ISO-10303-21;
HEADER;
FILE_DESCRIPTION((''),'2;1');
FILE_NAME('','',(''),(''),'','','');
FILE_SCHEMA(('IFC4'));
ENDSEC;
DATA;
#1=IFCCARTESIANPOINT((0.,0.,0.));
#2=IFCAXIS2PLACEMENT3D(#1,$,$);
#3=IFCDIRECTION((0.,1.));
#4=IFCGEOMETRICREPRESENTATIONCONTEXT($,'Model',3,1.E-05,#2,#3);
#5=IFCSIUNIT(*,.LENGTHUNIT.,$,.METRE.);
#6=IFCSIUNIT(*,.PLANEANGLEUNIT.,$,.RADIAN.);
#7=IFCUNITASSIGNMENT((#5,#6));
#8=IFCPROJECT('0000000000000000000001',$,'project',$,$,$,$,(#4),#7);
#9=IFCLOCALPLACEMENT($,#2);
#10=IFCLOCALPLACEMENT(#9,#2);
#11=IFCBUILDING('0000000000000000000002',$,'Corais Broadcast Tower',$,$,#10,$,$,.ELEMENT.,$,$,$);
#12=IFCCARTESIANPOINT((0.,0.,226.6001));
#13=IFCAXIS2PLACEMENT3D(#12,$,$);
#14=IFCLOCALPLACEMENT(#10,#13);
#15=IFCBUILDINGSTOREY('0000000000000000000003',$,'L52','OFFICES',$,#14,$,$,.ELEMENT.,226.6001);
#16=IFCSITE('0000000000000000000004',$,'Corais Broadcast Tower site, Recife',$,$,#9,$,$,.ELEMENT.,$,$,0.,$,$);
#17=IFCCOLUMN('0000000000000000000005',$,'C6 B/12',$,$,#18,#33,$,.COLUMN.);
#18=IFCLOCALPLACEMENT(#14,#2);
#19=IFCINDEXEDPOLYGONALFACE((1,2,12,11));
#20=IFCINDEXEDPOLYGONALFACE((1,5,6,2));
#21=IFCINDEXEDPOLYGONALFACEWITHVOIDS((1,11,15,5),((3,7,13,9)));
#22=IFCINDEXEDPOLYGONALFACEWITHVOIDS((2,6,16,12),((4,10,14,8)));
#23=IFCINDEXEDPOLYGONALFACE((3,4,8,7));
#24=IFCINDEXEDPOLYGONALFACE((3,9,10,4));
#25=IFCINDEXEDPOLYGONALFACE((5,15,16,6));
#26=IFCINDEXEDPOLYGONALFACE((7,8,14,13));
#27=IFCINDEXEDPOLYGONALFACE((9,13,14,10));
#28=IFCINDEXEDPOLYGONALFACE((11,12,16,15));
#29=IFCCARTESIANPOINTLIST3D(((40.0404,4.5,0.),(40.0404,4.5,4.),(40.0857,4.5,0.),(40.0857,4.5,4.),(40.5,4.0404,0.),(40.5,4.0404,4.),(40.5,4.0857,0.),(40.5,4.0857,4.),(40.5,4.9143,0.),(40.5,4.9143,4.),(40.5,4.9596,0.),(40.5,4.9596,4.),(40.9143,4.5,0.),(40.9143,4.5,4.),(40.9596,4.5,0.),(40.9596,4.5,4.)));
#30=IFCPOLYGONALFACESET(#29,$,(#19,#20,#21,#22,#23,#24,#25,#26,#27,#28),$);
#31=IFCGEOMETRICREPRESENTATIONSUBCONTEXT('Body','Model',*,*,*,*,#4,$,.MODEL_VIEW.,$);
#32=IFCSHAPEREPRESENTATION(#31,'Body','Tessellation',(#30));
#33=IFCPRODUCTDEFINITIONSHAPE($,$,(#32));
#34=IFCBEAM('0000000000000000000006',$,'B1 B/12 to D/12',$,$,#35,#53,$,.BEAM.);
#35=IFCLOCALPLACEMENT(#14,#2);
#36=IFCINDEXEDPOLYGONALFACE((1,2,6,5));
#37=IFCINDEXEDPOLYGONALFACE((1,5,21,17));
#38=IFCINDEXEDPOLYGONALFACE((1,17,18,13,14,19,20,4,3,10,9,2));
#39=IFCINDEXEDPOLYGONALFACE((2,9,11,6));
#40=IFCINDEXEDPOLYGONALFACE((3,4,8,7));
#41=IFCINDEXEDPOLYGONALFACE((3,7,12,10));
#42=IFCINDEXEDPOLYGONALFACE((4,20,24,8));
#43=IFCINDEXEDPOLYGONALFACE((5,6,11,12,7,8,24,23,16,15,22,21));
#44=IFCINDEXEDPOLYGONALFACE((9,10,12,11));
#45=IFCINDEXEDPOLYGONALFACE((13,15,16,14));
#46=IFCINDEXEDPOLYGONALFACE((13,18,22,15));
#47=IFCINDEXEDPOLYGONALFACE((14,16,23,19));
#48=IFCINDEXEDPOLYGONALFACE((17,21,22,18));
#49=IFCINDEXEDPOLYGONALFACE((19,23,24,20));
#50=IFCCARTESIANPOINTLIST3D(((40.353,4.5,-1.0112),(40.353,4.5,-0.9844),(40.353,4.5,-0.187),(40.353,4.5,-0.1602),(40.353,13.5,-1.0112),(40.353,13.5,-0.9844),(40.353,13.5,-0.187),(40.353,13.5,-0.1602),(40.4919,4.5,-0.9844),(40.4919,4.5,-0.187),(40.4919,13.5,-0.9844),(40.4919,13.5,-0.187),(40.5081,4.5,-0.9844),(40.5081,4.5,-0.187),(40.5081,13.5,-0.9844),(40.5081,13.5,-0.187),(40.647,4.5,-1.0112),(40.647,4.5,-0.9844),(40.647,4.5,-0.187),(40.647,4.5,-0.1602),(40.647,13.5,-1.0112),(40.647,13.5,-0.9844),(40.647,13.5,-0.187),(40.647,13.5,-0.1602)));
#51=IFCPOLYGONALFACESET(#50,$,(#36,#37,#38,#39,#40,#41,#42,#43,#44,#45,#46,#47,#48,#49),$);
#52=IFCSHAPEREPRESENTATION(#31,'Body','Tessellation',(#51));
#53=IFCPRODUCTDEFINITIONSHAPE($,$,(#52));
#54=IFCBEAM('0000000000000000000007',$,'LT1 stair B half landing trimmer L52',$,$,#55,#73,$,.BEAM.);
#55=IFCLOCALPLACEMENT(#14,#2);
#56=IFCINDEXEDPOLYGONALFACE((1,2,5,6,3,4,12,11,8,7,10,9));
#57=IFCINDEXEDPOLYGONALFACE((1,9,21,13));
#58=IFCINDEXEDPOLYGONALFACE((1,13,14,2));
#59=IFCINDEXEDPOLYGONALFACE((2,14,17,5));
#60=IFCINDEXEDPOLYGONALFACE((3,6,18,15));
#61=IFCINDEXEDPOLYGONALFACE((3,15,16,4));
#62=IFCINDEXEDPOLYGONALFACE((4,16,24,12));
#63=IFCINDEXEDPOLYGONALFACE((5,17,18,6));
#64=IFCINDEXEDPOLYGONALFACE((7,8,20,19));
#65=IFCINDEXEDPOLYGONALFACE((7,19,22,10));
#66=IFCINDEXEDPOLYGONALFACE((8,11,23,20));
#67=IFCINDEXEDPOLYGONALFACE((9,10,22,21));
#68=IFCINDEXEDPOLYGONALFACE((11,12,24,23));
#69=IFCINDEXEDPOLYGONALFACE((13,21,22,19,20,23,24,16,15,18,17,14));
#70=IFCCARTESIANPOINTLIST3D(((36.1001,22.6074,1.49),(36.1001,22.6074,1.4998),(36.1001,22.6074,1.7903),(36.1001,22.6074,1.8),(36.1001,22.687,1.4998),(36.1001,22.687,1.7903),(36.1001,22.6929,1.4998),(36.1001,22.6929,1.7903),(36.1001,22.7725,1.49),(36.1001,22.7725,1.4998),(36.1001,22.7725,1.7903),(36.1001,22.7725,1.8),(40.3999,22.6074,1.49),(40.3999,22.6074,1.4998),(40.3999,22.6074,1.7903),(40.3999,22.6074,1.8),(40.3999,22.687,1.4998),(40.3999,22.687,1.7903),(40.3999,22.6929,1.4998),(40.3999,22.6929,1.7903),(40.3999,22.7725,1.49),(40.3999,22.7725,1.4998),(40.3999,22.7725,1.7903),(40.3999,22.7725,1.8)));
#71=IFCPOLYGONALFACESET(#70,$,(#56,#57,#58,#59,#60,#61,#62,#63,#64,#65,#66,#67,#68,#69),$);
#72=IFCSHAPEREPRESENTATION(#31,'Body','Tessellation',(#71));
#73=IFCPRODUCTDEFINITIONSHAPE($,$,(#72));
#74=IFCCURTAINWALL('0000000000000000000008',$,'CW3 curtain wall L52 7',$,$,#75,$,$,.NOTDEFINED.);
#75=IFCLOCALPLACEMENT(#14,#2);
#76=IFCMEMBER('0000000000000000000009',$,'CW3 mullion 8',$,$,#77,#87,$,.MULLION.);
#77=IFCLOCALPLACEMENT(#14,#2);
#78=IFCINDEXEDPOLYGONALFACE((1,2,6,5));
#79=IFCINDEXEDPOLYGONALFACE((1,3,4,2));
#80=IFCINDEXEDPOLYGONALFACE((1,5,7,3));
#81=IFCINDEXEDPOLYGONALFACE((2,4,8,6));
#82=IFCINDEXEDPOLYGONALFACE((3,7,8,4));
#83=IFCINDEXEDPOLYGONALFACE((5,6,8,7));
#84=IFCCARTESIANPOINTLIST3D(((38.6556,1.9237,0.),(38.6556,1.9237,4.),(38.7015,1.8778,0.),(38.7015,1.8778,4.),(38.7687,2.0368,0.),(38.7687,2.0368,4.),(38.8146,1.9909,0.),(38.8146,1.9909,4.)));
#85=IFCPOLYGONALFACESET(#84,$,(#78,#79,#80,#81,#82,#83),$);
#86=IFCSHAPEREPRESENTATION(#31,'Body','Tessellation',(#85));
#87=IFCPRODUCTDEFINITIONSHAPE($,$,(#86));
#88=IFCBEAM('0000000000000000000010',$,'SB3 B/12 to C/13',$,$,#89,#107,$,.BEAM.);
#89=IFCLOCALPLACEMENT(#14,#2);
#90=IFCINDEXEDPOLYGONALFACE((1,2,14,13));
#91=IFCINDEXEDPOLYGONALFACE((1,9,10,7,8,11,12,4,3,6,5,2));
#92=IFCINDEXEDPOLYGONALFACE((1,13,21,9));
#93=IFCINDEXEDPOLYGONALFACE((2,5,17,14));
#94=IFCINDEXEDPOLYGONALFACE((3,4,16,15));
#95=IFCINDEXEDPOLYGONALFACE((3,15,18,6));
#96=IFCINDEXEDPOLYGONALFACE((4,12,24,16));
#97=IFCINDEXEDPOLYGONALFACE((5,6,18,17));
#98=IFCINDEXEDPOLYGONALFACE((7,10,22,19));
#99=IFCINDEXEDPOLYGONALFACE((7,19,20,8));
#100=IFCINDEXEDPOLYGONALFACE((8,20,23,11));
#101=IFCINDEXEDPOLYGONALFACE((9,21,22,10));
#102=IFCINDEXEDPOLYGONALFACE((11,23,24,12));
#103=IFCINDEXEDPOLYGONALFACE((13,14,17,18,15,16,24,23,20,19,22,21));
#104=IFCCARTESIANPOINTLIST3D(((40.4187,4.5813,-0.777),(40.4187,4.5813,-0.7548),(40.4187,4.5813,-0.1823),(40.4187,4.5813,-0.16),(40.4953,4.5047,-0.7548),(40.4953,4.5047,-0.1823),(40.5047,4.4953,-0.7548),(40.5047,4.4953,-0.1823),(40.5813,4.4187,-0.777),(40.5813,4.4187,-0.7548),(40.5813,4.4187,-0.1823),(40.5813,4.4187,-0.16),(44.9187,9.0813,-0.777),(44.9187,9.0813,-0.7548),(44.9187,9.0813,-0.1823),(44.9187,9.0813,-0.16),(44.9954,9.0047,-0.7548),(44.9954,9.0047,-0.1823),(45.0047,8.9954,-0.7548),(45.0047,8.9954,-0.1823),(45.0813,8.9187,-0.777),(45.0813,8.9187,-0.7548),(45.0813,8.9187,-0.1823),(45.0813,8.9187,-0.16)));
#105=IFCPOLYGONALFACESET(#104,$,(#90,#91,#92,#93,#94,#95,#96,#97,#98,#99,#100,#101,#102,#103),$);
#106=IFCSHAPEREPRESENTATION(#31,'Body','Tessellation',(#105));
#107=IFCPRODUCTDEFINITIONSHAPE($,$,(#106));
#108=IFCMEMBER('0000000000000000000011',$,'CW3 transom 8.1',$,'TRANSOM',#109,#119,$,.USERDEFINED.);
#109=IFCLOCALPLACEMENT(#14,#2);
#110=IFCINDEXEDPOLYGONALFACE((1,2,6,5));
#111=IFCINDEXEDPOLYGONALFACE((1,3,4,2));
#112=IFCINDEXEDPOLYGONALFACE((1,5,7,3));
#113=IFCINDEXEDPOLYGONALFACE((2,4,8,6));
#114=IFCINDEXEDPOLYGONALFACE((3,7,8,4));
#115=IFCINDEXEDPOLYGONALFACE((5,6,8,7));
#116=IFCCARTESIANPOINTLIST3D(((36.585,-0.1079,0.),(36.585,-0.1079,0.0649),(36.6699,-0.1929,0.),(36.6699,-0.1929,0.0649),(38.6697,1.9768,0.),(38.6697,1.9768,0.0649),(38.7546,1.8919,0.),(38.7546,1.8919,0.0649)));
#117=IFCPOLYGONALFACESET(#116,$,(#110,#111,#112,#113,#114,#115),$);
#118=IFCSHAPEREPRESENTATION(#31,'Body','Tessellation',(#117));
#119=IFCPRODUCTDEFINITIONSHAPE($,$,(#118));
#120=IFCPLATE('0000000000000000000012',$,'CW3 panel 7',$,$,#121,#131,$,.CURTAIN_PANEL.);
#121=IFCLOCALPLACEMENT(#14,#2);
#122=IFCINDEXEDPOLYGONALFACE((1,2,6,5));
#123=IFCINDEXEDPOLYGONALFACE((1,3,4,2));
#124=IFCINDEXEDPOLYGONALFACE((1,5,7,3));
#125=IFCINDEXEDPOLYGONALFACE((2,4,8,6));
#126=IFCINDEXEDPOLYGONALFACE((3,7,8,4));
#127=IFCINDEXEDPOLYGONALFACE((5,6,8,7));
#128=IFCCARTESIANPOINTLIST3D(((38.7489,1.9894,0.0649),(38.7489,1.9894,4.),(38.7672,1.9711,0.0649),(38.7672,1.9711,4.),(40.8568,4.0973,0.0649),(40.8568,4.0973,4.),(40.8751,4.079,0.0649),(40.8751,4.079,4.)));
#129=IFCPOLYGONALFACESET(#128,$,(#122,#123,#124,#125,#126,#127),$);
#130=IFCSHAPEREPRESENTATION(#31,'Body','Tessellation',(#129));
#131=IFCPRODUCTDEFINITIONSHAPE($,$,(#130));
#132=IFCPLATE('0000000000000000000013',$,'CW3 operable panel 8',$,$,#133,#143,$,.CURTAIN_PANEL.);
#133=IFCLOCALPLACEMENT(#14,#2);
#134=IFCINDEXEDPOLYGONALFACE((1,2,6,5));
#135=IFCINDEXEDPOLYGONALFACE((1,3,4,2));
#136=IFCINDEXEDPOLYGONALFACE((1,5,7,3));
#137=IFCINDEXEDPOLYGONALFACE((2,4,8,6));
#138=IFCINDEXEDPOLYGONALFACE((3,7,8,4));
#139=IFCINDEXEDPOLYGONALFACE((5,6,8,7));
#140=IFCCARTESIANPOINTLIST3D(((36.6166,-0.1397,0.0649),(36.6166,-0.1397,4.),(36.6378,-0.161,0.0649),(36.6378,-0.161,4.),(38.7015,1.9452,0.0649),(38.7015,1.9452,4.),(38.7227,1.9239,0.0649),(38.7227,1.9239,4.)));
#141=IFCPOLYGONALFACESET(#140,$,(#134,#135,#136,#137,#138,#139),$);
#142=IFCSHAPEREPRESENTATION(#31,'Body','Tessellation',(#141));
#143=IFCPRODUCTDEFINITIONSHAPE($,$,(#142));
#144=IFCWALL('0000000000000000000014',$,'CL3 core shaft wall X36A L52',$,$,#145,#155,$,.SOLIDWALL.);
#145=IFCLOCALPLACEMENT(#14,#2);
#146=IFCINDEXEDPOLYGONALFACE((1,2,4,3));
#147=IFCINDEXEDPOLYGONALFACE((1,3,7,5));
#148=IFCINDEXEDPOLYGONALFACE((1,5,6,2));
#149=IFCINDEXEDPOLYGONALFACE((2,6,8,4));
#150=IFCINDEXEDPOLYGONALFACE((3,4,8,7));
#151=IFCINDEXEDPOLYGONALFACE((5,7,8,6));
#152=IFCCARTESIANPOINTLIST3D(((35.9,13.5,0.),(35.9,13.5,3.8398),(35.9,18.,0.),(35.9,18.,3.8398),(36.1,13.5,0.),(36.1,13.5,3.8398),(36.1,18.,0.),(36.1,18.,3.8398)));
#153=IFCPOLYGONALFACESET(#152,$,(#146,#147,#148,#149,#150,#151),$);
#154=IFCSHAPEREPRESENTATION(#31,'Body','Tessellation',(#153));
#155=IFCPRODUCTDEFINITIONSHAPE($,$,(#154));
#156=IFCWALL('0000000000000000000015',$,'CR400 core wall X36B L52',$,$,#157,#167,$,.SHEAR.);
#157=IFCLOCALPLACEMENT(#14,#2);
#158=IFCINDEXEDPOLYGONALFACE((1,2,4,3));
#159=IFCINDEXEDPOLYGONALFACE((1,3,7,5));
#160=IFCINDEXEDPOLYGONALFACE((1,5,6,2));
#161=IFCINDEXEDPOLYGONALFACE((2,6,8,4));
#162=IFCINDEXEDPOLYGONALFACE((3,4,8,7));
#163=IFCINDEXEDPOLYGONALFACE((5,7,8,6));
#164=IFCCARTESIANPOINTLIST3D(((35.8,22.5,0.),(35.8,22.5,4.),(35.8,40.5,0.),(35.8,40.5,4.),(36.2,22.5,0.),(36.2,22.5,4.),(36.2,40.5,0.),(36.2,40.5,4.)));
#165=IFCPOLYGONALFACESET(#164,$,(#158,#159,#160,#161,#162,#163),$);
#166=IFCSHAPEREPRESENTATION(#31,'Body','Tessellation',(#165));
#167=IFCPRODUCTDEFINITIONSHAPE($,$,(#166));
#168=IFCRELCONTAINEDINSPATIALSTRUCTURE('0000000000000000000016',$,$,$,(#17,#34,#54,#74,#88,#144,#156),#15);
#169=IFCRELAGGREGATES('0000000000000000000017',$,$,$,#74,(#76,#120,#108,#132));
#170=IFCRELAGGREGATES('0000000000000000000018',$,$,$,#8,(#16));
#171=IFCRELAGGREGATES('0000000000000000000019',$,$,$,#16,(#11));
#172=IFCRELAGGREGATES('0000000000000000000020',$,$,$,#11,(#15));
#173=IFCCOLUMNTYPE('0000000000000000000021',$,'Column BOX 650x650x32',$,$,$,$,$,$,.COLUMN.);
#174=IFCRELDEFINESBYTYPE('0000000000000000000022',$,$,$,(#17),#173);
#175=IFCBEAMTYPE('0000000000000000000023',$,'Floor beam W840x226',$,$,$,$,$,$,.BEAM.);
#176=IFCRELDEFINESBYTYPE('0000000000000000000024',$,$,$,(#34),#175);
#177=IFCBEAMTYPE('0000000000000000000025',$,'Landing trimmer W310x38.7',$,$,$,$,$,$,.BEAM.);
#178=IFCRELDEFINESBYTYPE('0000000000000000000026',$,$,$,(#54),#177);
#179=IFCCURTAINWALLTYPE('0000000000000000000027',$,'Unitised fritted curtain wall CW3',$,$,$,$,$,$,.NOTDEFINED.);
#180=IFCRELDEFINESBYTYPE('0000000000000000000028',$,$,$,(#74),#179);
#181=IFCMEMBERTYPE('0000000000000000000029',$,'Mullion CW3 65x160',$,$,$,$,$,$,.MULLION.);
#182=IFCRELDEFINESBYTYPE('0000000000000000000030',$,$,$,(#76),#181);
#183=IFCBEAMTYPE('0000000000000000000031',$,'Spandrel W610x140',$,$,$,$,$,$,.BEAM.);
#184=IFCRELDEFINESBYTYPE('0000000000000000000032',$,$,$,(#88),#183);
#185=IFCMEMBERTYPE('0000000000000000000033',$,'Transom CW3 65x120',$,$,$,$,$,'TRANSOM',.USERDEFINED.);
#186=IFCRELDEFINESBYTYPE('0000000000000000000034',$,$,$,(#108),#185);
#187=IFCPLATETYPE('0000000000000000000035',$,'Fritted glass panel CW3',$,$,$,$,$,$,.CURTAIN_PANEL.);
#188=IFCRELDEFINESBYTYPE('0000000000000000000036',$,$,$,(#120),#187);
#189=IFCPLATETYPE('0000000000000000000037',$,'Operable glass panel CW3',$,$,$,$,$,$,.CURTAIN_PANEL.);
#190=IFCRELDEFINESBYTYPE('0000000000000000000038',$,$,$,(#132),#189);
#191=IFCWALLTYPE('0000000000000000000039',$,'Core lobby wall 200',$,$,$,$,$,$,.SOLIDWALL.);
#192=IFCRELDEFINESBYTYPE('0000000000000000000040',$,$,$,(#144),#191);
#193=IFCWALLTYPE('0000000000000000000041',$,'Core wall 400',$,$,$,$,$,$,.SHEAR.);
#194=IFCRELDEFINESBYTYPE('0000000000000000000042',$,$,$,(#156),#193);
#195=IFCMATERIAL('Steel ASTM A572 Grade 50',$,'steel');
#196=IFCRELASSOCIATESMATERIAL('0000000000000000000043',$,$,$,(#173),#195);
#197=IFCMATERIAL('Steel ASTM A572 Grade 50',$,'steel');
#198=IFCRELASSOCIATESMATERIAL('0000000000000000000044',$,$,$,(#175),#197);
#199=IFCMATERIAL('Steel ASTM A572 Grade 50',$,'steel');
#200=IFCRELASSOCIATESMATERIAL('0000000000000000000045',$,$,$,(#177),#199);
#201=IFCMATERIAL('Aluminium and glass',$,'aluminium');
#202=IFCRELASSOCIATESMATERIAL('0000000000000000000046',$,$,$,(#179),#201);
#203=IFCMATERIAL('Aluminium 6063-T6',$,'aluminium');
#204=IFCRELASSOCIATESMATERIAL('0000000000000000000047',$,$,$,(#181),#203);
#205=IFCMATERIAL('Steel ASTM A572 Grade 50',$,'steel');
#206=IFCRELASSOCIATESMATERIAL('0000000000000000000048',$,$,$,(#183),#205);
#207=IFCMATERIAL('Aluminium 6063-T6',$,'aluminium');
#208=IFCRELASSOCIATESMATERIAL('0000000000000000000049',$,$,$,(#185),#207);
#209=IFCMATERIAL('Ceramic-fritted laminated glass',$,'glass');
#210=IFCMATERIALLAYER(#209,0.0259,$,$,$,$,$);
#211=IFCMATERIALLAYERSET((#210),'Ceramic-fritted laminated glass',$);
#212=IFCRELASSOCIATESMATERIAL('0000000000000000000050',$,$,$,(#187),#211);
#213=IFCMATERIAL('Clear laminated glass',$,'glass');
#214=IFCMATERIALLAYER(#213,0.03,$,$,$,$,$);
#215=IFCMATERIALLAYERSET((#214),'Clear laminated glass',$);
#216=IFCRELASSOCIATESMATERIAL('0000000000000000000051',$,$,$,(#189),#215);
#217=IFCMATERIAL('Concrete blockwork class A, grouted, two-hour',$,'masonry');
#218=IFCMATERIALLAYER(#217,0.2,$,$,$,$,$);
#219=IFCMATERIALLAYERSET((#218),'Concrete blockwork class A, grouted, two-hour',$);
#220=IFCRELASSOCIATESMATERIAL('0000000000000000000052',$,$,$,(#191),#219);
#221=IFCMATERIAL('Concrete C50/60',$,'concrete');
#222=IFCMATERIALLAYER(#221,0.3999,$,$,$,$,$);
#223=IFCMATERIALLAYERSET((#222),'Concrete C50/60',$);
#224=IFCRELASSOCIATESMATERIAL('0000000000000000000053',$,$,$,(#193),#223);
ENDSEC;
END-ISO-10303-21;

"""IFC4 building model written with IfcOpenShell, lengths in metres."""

from ifc_helpers import new_model, si_unit, direction, frame, frame_2d, origin, origin_2d, place, context, subcontext, project, spatial, rectangle, hollow_rectangle, i_section, extrude, material, layer, layer_set, material_profile, profile_set, type_object, element, aggregate, save


model = new_model("IFC4")

# Units and contexts
model_context = context("Model", 3, precision=1e-05, world=origin(), true_north=direction((0.0, 1.0)))
body_context = subcontext(model_context, "Body", "Model", "MODEL_VIEW")
ifc_project = project(units=[si_unit("LENGTHUNIT", "METRE"), si_unit("PLANEANGLEUNIT", "RADIAN")], contexts=[model_context])

# Site, building, storey
site_placement = place(None, origin())
site = spatial("IfcSite", under=ifc_project, at=site_placement, Name="Corais Broadcast Tower site, Recife", CompositionType="ELEMENT", RefElevation=0.0)
building_placement = place(site_placement, origin())
building = spatial("IfcBuilding", under=site, at=building_placement, Name="Corais Broadcast Tower", CompositionType="ELEMENT")
storey_placement = place(building_placement, frame((0.0, 0.0, 226.6001)))
storey = spatial("IfcBuildingStorey", under=building, at=storey_placement, Name="L52", Description="OFFICES", CompositionType="ELEMENT", Elevation=226.6001)

# Column
ifc_material_1 = material(Name="Steel ASTM A572 Grade 50", Category="steel")
ifc_material_profile_1 = material_profile(ifc_material_1, hollow_rectangle(XDim=0.6499, YDim=0.6499, WallThickness=0.032, at=origin_2d()), Name="BOX 650x650x32")
ifc_profile_set_1 = profile_set([ifc_material_profile_1], Name="Steel ASTM A572 Grade 50")
column_type = type_object("IfcColumnType", Name="Column BOX 650x650x32", PredefinedType="COLUMN", material=ifc_profile_set_1)
column_placement = place(storey_placement, frame((40.5, 4.5, 0.0), z_axis=(0.0, 0.0, 1.0), x_axis=(0.707107, 0.707107, 0.0)))
element("IfcColumn", 1, at=column_placement, inside=storey, type_object=column_type, Name="C6 B/12", PredefinedType="COLUMN", context=body_context, shape_type="SweptSolid", body=[
    extrude(hollow_rectangle(XDim=0.6499, YDim=0.6499, WallThickness=0.032, at=origin_2d()), origin(), (0.0, 0.0, 1.0), 4.0),
])

# Beams
ifc_material_2 = material(Name="Steel ASTM A572 Grade 50", Category="steel")
ifc_material_profile_2 = material_profile(ifc_material_2, i_section(OverallWidth=0.2939, OverallDepth=0.8511, WebThickness=0.0161, FlangeThickness=0.0269, at=origin_2d()), Name="W840x226")
ifc_profile_set_2 = profile_set([ifc_material_profile_2], Name="Steel ASTM A572 Grade 50")
beam_type_1 = type_object("IfcBeamType", Name="Floor beam W840x226", PredefinedType="BEAM", material=ifc_profile_set_2)
beam_1_placement = place(storey_placement, frame((40.5, 4.5, -0.5857), z_axis=(0.0, 1.0, 0.0), x_axis=(-1.0, 0.0, 0.0)))
element("IfcBeam", 2, at=beam_1_placement, inside=storey, type_object=beam_type_1, Name="B1 B/12 to D/12", PredefinedType="BEAM", context=body_context, shape_type="SweptSolid", body=[
    extrude(i_section(OverallWidth=0.2939, OverallDepth=0.8511, WebThickness=0.0161, FlangeThickness=0.0269, at=origin_2d()), origin(), (0.0, 0.0, 1.0), 9.0),
])
ifc_material_3 = material(Name="Steel ASTM A572 Grade 50", Category="steel")
ifc_material_profile_3 = material_profile(ifc_material_3, i_section(OverallWidth=0.165, OverallDepth=0.3101, WebThickness=0.0059, FlangeThickness=0.0098, at=origin_2d()), Name="W310x38.7")
ifc_profile_set_3 = profile_set([ifc_material_profile_3], Name="Steel ASTM A572 Grade 50")
beam_type_2 = type_object("IfcBeamType", Name="Landing trimmer W310x38.7", PredefinedType="BEAM", material=ifc_profile_set_3)
beam_2_placement = place(storey_placement, frame((36.1001, 22.6899, 1.645), z_axis=(1.0, 0.0, 0.0), x_axis=(0.0, 1.0, 0.0)))
element("IfcBeam", 3, at=beam_2_placement, inside=storey, type_object=beam_type_2, Name="LT1 stair B half landing trimmer L52", PredefinedType="BEAM", context=body_context, shape_type="SweptSolid", body=[
    extrude(i_section(OverallWidth=0.165, OverallDepth=0.3101, WebThickness=0.0059, FlangeThickness=0.0098, at=origin_2d()), origin(), (0.0, 0.0, 1.0), 4.2998),
])

# Curtain wall, member
ifc_material_4 = material(Name="Aluminium and glass", Category="aluminium")
curtain_wall_type = type_object("IfcCurtainWallType", Name="Unitised fritted curtain wall CW3", PredefinedType="NOTDEFINED", material=ifc_material_4)
curtain_wall_placement = place(storey_placement, origin())
curtain_wall = element("IfcCurtainWall", 4, at=curtain_wall_placement, inside=storey, type_object=curtain_wall_type, Name="CW3 curtain wall L52 7", PredefinedType="NOTDEFINED")
ifc_material_5 = material(Name="Aluminium 6063-T6", Category="aluminium")
ifc_material_profile_4 = material_profile(ifc_material_5, rectangle(XDim=0.0649, YDim=0.1599, at=origin_2d()), Name="Mullion CW3 65x160")
ifc_profile_set_4 = profile_set([ifc_material_profile_4], Name="Aluminium 6063-T6")
member_type_1 = type_object("IfcMemberType", Name="Mullion CW3 65x160", PredefinedType="MULLION", material=ifc_profile_set_4)
member_1_placement = place(storey_placement, frame((38.7351, 1.9573, 0.0), z_axis=(0.0, 0.0, 1.0), x_axis=(0.707107, -0.707107, 0.0)))
member_1 = element("IfcMember", 5, at=member_1_placement, type_object=member_type_1, Name="CW3 mullion 8", PredefinedType="MULLION", context=body_context, shape_type="SweptSolid", body=[
    extrude(rectangle(XDim=0.0649, YDim=0.1599, at=origin_2d()), origin(), (0.0, 0.0, 1.0), 4.0),
])

# Beam
ifc_material_6 = material(Name="Steel ASTM A572 Grade 50", Category="steel")
ifc_material_profile_5 = material_profile(ifc_material_6, i_section(OverallWidth=0.23, OverallDepth=0.6169, WebThickness=0.0132, FlangeThickness=0.0222, at=origin_2d()), Name="W610x140")
ifc_profile_set_5 = profile_set([ifc_material_profile_5], Name="Steel ASTM A572 Grade 50")
beam_type_3 = type_object("IfcBeamType", Name="Spandrel W610x140", PredefinedType="BEAM", material=ifc_profile_set_5)
beam_3_placement = place(storey_placement, frame((40.5, 4.5, -0.4685), z_axis=(0.707107, 0.707107, 0.0), x_axis=(-0.707107, 0.707107, 0.0)))
element("IfcBeam", 6, at=beam_3_placement, inside=storey, type_object=beam_type_3, Name="SB3 B/12 to C/13", PredefinedType="BEAM", context=body_context, shape_type="SweptSolid", body=[
    extrude(i_section(OverallWidth=0.23, OverallDepth=0.6169, WebThickness=0.0132, FlangeThickness=0.0222, at=origin_2d()), origin(), (0.0, 0.0, 1.0), 6.364),
])

# Member
ifc_material_7 = material(Name="Aluminium 6063-T6", Category="aluminium")
ifc_material_profile_6 = material_profile(ifc_material_7, rectangle(XDim=0.1201, YDim=0.0649, at=origin_2d()), Name="Transom CW3 65x120")
ifc_profile_set_6 = profile_set([ifc_material_profile_6], Name="Aluminium 6063-T6")
member_type_2 = type_object("IfcMemberType", Name="Transom CW3 65x120", ElementType="TRANSOM", PredefinedType="USERDEFINED", material=ifc_profile_set_6)
member_2_placement = place(storey_placement, frame((38.7122, 1.9343, 0.0325), z_axis=(-0.707107, -0.707107, 0.0), x_axis=(0.707107, -0.707107, 0.0)))
member_2 = element("IfcMember", 7, at=member_2_placement, type_object=member_type_2, Name="CW3 transom 8.1", ObjectType="TRANSOM", PredefinedType="USERDEFINED", context=body_context, shape_type="SweptSolid", body=[
    extrude(rectangle(XDim=0.1201, YDim=0.0649, at=origin_2d()), origin(), (0.0, 0.0, 1.0), 2.9482),
])

# Plates
ifc_material_8 = material(Name="Ceramic-fritted laminated glass", Category="glass")
ifc_layer_1 = layer(ifc_material_8, 0.0259)
ifc_layer_set_1 = layer_set([ifc_layer_1], Name="Ceramic-fritted laminated glass")
plate_type_1 = type_object("IfcPlateType", Name="Fritted glass panel CW3", PredefinedType="CURTAIN_PANEL", material=ifc_layer_set_1)
plate_1_placement = place(storey_placement, frame((39.812, 3.0342, 0.0649), z_axis=(0.0, 0.0, 1.0), x_axis=(-0.707107, -0.707107, 0.0)))
plate_1 = element("IfcPlate", 8, at=plate_1_placement, type_object=plate_type_1, Name="CW3 panel 7", PredefinedType="CURTAIN_PANEL", context=body_context, shape_type="SweptSolid", body=[
    extrude(rectangle(XDim=2.981, YDim=0.0259, at=origin_2d()), origin(), (0.0, 0.0, 1.0), 3.9351),
])
ifc_material_9 = material(Name="Clear laminated glass", Category="glass")
ifc_layer_2 = layer(ifc_material_9, 0.03)
ifc_layer_set_2 = layer_set([ifc_layer_2], Name="Clear laminated glass")
plate_type_2 = type_object("IfcPlateType", Name="Operable glass panel CW3", PredefinedType="CURTAIN_PANEL", material=ifc_layer_set_2)
plate_2_placement = place(storey_placement, frame((37.6697, 0.8921, 0.0649), z_axis=(0.0, 0.0, 1.0), x_axis=(-0.707107, -0.707107, 0.0)))
plate_2 = element("IfcPlate", 9, at=plate_2_placement, type_object=plate_type_2, Name="CW3 operable panel 8", PredefinedType="CURTAIN_PANEL", context=body_context, shape_type="SweptSolid", body=[
    extrude(rectangle(XDim=2.9485, YDim=0.03, at=origin_2d()), origin(), (0.0, 0.0, 1.0), 3.9351),
])
aggregate(curtain_wall, [member_1, plate_1, member_2, plate_2])

# Walls
ifc_material_10 = material(Name="Concrete blockwork class A, grouted, two-hour", Category="masonry")
ifc_layer_3 = layer(ifc_material_10, 0.2)
ifc_layer_set_3 = layer_set([ifc_layer_3], Name="Concrete blockwork class A, grouted, two-hour")
wall_type_1 = type_object("IfcWallType", Name="Core lobby wall 200", PredefinedType="SOLIDWALL", material=ifc_layer_set_3)
wall_1_placement = place(storey_placement, frame((36.0, 13.5, 0.0), z_axis=(0.0, 0.0, 1.0), x_axis=(0.0, 1.0, 0.0)))
element("IfcWall", 10, at=wall_1_placement, inside=storey, type_object=wall_type_1, Name="CL3 core shaft wall X36A L52", PredefinedType="SOLIDWALL", context=body_context, shape_type="SweptSolid", body=[
    extrude(rectangle(XDim=4.5, YDim=0.2, at=frame_2d((2.25, 0.0))), origin(), (0.0, 0.0, 1.0), 3.8398),
])
ifc_material_11 = material(Name="Concrete C50/60", Category="concrete")
ifc_layer_4 = layer(ifc_material_11, 0.3999)
ifc_layer_set_4 = layer_set([ifc_layer_4], Name="Concrete C50/60")
wall_type_2 = type_object("IfcWallType", Name="Core wall 400", PredefinedType="SHEAR", material=ifc_layer_set_4)
wall_2_placement = place(storey_placement, frame((36.0, 22.5, 0.0), z_axis=(0.0, 0.0, 1.0), x_axis=(0.0, 1.0, 0.0)))
element("IfcWall", 11, at=wall_2_placement, inside=storey, type_object=wall_type_2, Name="CR400 core wall X36B L52", PredefinedType="SHEAR", context=body_context, shape_type="SweptSolid", body=[
    extrude(rectangle(XDim=18.0, YDim=0.3999, at=frame_2d((9.0, 0.0))), origin(), (0.0, 0.0, 1.0), 4.0),
])

save(model, "model.ifc")
